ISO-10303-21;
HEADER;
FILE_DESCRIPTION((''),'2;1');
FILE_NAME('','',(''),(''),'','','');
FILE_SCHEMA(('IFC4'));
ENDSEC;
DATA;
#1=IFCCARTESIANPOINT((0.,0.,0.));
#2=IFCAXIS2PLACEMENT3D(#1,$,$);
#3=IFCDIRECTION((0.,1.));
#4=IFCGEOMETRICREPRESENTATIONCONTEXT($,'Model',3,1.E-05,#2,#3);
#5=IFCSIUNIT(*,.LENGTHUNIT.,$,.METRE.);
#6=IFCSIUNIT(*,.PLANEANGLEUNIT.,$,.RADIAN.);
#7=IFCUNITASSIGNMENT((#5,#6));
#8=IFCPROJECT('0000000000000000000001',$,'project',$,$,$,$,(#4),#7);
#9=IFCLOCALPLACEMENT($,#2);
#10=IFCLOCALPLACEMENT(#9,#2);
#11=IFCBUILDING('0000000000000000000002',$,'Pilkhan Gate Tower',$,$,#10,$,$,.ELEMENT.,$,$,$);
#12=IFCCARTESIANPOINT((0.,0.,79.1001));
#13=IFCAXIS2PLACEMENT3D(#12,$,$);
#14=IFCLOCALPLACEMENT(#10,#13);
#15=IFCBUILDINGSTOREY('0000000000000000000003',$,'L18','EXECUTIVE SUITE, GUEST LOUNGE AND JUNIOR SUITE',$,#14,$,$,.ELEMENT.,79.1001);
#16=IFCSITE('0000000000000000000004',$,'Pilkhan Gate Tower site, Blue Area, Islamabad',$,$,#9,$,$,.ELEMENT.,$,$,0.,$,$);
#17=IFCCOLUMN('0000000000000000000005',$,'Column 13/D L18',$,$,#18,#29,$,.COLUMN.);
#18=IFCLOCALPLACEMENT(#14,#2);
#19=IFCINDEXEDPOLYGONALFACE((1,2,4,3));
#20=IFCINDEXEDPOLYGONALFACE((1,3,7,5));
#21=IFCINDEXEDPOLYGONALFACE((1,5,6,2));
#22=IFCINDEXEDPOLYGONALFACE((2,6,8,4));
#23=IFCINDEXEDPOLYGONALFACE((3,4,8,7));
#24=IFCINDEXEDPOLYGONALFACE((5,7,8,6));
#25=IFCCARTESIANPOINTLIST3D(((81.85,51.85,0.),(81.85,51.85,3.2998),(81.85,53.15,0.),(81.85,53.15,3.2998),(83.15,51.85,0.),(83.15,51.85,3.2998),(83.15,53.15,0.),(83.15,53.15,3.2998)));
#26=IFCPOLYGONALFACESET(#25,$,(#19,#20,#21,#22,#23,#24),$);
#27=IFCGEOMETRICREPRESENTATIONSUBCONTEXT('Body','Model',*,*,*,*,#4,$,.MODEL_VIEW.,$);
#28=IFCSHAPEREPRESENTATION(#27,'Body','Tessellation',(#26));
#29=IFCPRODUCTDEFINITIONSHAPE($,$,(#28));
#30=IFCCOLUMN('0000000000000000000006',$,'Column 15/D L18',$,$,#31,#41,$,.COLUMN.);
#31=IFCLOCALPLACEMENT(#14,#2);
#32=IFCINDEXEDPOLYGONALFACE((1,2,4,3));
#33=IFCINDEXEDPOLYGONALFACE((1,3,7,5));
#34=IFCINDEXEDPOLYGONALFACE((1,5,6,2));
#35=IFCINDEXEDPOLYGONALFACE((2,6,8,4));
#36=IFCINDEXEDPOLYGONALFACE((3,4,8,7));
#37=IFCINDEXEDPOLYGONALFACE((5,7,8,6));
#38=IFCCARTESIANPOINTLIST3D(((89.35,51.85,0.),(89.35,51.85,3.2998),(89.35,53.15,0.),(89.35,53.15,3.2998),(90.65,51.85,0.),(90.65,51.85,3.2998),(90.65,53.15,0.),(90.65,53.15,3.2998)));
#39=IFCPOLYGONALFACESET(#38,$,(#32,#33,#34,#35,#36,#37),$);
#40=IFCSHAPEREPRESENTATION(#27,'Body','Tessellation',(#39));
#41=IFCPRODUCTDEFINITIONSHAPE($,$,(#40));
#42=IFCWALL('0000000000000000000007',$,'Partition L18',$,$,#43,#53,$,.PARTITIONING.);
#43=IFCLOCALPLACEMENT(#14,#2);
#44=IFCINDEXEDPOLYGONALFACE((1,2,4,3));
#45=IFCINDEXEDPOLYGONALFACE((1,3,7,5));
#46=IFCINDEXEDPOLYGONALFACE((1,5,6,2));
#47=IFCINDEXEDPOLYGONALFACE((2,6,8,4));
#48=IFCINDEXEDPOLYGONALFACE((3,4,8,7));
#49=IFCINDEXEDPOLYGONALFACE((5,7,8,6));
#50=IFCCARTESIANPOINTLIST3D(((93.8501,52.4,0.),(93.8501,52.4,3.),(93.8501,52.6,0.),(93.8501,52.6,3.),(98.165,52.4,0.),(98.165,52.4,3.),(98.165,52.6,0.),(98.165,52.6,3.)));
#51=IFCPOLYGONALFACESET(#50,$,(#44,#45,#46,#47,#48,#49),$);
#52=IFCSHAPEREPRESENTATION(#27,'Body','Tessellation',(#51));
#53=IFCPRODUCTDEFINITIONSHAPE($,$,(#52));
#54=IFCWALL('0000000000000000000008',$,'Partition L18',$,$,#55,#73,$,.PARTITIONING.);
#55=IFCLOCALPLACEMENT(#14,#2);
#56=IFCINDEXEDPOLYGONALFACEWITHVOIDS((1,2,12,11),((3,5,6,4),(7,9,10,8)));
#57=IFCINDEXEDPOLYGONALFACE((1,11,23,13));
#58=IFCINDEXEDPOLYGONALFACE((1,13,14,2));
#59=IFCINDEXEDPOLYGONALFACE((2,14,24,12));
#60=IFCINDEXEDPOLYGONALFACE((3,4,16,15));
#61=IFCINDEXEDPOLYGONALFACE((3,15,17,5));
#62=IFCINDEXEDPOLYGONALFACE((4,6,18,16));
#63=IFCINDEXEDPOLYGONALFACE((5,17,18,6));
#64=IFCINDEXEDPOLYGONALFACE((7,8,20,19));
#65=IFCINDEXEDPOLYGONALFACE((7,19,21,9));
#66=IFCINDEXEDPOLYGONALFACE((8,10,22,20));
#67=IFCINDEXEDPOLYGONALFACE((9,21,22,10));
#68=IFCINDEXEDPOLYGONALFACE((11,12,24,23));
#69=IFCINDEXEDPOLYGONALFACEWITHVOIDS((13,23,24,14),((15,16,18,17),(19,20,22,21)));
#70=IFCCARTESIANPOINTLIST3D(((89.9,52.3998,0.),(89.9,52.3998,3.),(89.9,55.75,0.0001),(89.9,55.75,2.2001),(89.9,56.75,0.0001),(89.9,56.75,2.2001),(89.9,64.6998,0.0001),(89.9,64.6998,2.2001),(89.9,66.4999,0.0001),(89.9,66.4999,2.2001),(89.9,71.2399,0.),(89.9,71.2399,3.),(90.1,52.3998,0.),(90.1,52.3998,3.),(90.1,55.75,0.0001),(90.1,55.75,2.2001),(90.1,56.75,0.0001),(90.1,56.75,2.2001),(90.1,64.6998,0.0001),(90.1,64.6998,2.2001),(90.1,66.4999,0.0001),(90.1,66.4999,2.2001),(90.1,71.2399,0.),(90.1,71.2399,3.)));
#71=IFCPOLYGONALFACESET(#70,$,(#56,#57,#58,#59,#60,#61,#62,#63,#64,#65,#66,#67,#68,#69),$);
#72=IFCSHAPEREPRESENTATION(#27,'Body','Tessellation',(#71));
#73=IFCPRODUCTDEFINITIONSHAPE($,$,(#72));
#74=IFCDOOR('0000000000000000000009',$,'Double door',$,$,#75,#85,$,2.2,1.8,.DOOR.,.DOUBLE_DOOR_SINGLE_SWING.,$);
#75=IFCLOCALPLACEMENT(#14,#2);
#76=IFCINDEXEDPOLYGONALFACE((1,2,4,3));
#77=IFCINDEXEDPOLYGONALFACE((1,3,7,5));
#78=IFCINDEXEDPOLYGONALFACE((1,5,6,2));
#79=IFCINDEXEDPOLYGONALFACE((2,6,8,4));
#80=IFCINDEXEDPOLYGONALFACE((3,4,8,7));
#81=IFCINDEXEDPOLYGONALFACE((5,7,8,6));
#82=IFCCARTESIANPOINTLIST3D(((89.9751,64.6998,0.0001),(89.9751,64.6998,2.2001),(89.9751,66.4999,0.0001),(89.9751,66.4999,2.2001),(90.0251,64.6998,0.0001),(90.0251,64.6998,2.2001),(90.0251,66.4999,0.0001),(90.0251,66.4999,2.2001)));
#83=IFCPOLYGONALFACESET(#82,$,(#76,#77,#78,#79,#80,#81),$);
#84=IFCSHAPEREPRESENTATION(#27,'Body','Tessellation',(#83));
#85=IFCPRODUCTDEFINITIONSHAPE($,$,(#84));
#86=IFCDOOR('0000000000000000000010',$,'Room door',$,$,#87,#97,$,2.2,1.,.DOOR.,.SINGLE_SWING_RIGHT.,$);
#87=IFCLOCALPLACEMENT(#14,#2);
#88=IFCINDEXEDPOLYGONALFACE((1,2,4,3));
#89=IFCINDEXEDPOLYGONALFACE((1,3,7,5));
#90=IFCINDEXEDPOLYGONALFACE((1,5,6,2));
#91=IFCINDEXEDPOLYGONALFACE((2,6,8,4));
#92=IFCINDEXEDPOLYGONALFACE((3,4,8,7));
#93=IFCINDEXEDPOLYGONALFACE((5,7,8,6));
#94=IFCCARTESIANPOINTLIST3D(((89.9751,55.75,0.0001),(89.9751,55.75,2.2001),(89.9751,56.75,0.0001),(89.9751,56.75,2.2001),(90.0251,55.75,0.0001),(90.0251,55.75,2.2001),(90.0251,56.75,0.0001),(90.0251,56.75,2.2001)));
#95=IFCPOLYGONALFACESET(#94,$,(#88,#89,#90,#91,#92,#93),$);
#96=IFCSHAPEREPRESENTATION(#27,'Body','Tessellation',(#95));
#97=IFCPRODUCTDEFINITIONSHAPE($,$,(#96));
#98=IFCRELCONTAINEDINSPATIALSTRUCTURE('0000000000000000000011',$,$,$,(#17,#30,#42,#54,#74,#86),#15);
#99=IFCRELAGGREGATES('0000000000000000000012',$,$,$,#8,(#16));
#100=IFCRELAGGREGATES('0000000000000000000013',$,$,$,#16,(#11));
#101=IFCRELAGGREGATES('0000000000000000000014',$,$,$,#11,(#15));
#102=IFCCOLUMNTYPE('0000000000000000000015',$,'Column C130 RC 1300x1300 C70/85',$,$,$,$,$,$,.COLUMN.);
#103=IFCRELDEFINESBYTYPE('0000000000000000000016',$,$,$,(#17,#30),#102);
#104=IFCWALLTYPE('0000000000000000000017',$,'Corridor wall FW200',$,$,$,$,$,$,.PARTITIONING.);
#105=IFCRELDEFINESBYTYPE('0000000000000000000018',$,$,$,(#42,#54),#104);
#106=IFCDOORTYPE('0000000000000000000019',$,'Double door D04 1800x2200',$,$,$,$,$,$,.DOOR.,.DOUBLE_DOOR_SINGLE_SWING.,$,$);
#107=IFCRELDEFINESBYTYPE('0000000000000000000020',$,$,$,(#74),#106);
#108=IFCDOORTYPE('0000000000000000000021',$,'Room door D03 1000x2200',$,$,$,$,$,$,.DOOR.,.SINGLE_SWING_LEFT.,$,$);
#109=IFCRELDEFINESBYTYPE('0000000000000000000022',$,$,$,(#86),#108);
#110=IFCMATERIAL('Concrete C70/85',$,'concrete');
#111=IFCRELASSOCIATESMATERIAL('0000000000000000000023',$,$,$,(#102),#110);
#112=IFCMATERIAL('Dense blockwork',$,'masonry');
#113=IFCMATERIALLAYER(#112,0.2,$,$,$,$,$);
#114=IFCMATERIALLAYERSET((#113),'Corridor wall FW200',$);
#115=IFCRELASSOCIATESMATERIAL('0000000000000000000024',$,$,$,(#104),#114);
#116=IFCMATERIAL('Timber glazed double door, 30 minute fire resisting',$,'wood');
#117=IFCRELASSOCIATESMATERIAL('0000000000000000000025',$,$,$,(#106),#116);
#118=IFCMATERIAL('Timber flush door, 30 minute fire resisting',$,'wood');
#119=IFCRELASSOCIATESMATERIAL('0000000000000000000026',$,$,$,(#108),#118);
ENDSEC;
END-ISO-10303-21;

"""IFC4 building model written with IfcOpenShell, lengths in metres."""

from ifc_helpers import new_model, si_unit, direction, frame, frame_2d, origin, origin_2d, place, context, subcontext, project, spatial, rectangle, extrude, material, layer, layer_set, material_profile, profile_set, type_object, element, fill, save


model = new_model("IFC4")

# Units and contexts
model_context = context("Model", 3, precision=1e-05, world=origin(), true_north=direction((0.0, 1.0)))
body_context = subcontext(model_context, "Body", "Model", "MODEL_VIEW")
ifc_project = project(units=[si_unit("LENGTHUNIT", "METRE"), si_unit("PLANEANGLEUNIT", "RADIAN")], contexts=[model_context])

# Site, building, storey
site_placement = place(None, origin())
site = spatial("IfcSite", under=ifc_project, at=site_placement, Name="Pilkhan Gate Tower site, Blue Area, Islamabad", CompositionType="ELEMENT", RefElevation=0.0)
building_placement = place(site_placement, origin())
building = spatial("IfcBuilding", under=site, at=building_placement, Name="Pilkhan Gate Tower", CompositionType="ELEMENT")
storey_placement = place(building_placement, frame((0.0, 0.0, 79.1001)))
storey = spatial("IfcBuildingStorey", under=building, at=storey_placement, Name="L18", Description="EXECUTIVE SUITE, GUEST LOUNGE AND JUNIOR SUITE", CompositionType="ELEMENT", Elevation=79.1001)

# Columns
ifc_material_1 = material(Name="Concrete C70/85", Category="concrete")
ifc_material_profile = material_profile(ifc_material_1, rectangle(XDim=1.3, YDim=1.3, at=origin_2d()), Name="RC 1300x1300")
ifc_profile_set = profile_set([ifc_material_profile], Name="Concrete C70/85")
column_type = type_object("IfcColumnType", Name="Column C130 RC 1300x1300 C70/85", PredefinedType="COLUMN", material=ifc_profile_set)
for number, where, z_axis, x_axis, name in (
    (1, (82.5, 52.5, 0.0), (0.0, 0.0, 1.0), (1.0, 0.0, 0.0), "Column 13/D L18"),
    (2, (90.0, 52.5, 0.0), (0.0, 0.0, 1.0), (1.0, 0.0, 0.0), "Column 15/D L18"),
):
    element("IfcColumn", number, at=place(storey_placement, frame(where, z_axis=z_axis, x_axis=x_axis)), inside=storey, type_object=column_type, Name=name, PredefinedType="COLUMN", context=body_context, shape_type="SweptSolid", body=[
        extrude(rectangle(XDim=1.3, YDim=1.3, at=origin_2d()), origin(), (0.0, 0.0, 1.0), 3.2998),
    ])

# Wall
ifc_material_2 = material(Name="Dense blockwork", Category="masonry")
ifc_layer_1 = layer(ifc_material_2, 0.2)
ifc_layer_set_1 = layer_set([ifc_layer_1], Name="Corridor wall FW200")
wall_type_1 = type_object("IfcWallType", Name="Corridor wall FW200", PredefinedType="PARTITIONING", material=ifc_layer_set_1)
wall_1_placement = place(storey_placement, frame((93.8501, 52.5, 0.0), z_axis=(0.0, 0.0, 1.0), x_axis=(1.0, 0.0, 0.0)))
element("IfcWall", 3, at=wall_1_placement, inside=storey, type_object=wall_type_1, Name="Partition L18", PredefinedType="PARTITIONING", context=body_context, shape_type="SweptSolid", body=[
    extrude(rectangle(XDim=4.3149, YDim=0.2, at=frame_2d((2.1575, 0.0))), origin(), (0.0, 0.0, 1.0), 3.0),
])

# Wall, openings, doors
wall_2_placement = place(storey_placement, frame((90.0, 52.3999, 0.0), z_axis=(0.0, 0.0, 1.0), x_axis=(0.0, 1.0, 0.0)))
wall_2 = element("IfcWall", 4, at=wall_2_placement, inside=storey, type_object=wall_type_1, Name="Partition L18", PredefinedType="PARTITIONING", context=body_context, shape_type="SweptSolid", body=[
    extrude(rectangle(XDim=18.8401, YDim=0.2, at=frame_2d((9.4199, 0.0))), origin(), (0.0, 0.0, 1.0), 3.0),
])
opening_1_placement = place(wall_2_placement, frame((3.3501, 0.0, 0.0)))
opening_1 = element("IfcOpeningElement", 5, at=opening_1_placement, cuts=wall_2, PredefinedType="OPENING", context=body_context, shape_type="SweptSolid", body=[
    extrude(rectangle(XDim=1.0, YDim=2.2, at=frame_2d((0.5, 1.1001))), frame((0.0, 0.1099, 0.0), z_axis=(0.0, -1.0, 0.0), x_axis=(1.0, 0.0, 0.0)), (0.0, 0.0, 1.0), 0.22),
])
opening_2_placement = place(wall_2_placement, frame((12.3, 0.0, 0.0)))
opening_2 = element("IfcOpeningElement", 6, at=opening_2_placement, cuts=wall_2, PredefinedType="OPENING", context=body_context, shape_type="SweptSolid", body=[
    extrude(rectangle(XDim=1.8, YDim=2.2, at=frame_2d((0.8999, 1.1001))), frame((0.0, 0.1099, 0.0), z_axis=(0.0, -1.0, 0.0), x_axis=(1.0, 0.0, 0.0)), (0.0, 0.0, 1.0), 0.22),
])
ifc_material_3 = material(Name="Timber glazed double door, 30 minute fire resisting", Category="wood")
door_type_1 = type_object("IfcDoorType", Name="Double door D04 1800x2200", OperationType="DOUBLE_DOOR_SINGLE_SWING", PredefinedType="DOOR", material=ifc_material_3)
door_1_placement = place(opening_2_placement, origin())
door_1 = element("IfcDoor", 7, at=door_1_placement, inside=storey, type_object=door_type_1, Name="Double door", OperationType="DOUBLE_DOOR_SINGLE_SWING", OverallHeight=2.2, OverallWidth=1.8, PredefinedType="DOOR", context=body_context, shape_type="SweptSolid", body=[
    extrude(rectangle(XDim=1.8, YDim=2.2, at=frame_2d((0.8999, 1.1001))), frame((0.0, 0.0249, 0.0), z_axis=(0.0, -1.0, 0.0), x_axis=(1.0, 0.0, 0.0)), (0.0, 0.0, 1.0), 0.05),
])
fill(opening_2, door_1)
ifc_material_4 = material(Name="Timber flush door, 30 minute fire resisting", Category="wood")
door_type_2 = type_object("IfcDoorType", Name="Room door D03 1000x2200", OperationType="SINGLE_SWING_LEFT", PredefinedType="DOOR", material=ifc_material_4)
door_2_placement = place(opening_1_placement, origin())
door_2 = element("IfcDoor", 8, at=door_2_placement, inside=storey, type_object=door_type_2, Name="Room door", OperationType="SINGLE_SWING_RIGHT", OverallHeight=2.2, OverallWidth=1.0, PredefinedType="DOOR", context=body_context, shape_type="SweptSolid", body=[
    extrude(rectangle(XDim=1.0, YDim=2.2, at=frame_2d((0.5, 1.1001))), frame((0.0, 0.0249, 0.0), z_axis=(0.0, -1.0, 0.0), x_axis=(1.0, 0.0, 0.0)), (0.0, 0.0, 1.0), 0.05),
])
fill(opening_1, door_2)

save(model, "model.ifc")
